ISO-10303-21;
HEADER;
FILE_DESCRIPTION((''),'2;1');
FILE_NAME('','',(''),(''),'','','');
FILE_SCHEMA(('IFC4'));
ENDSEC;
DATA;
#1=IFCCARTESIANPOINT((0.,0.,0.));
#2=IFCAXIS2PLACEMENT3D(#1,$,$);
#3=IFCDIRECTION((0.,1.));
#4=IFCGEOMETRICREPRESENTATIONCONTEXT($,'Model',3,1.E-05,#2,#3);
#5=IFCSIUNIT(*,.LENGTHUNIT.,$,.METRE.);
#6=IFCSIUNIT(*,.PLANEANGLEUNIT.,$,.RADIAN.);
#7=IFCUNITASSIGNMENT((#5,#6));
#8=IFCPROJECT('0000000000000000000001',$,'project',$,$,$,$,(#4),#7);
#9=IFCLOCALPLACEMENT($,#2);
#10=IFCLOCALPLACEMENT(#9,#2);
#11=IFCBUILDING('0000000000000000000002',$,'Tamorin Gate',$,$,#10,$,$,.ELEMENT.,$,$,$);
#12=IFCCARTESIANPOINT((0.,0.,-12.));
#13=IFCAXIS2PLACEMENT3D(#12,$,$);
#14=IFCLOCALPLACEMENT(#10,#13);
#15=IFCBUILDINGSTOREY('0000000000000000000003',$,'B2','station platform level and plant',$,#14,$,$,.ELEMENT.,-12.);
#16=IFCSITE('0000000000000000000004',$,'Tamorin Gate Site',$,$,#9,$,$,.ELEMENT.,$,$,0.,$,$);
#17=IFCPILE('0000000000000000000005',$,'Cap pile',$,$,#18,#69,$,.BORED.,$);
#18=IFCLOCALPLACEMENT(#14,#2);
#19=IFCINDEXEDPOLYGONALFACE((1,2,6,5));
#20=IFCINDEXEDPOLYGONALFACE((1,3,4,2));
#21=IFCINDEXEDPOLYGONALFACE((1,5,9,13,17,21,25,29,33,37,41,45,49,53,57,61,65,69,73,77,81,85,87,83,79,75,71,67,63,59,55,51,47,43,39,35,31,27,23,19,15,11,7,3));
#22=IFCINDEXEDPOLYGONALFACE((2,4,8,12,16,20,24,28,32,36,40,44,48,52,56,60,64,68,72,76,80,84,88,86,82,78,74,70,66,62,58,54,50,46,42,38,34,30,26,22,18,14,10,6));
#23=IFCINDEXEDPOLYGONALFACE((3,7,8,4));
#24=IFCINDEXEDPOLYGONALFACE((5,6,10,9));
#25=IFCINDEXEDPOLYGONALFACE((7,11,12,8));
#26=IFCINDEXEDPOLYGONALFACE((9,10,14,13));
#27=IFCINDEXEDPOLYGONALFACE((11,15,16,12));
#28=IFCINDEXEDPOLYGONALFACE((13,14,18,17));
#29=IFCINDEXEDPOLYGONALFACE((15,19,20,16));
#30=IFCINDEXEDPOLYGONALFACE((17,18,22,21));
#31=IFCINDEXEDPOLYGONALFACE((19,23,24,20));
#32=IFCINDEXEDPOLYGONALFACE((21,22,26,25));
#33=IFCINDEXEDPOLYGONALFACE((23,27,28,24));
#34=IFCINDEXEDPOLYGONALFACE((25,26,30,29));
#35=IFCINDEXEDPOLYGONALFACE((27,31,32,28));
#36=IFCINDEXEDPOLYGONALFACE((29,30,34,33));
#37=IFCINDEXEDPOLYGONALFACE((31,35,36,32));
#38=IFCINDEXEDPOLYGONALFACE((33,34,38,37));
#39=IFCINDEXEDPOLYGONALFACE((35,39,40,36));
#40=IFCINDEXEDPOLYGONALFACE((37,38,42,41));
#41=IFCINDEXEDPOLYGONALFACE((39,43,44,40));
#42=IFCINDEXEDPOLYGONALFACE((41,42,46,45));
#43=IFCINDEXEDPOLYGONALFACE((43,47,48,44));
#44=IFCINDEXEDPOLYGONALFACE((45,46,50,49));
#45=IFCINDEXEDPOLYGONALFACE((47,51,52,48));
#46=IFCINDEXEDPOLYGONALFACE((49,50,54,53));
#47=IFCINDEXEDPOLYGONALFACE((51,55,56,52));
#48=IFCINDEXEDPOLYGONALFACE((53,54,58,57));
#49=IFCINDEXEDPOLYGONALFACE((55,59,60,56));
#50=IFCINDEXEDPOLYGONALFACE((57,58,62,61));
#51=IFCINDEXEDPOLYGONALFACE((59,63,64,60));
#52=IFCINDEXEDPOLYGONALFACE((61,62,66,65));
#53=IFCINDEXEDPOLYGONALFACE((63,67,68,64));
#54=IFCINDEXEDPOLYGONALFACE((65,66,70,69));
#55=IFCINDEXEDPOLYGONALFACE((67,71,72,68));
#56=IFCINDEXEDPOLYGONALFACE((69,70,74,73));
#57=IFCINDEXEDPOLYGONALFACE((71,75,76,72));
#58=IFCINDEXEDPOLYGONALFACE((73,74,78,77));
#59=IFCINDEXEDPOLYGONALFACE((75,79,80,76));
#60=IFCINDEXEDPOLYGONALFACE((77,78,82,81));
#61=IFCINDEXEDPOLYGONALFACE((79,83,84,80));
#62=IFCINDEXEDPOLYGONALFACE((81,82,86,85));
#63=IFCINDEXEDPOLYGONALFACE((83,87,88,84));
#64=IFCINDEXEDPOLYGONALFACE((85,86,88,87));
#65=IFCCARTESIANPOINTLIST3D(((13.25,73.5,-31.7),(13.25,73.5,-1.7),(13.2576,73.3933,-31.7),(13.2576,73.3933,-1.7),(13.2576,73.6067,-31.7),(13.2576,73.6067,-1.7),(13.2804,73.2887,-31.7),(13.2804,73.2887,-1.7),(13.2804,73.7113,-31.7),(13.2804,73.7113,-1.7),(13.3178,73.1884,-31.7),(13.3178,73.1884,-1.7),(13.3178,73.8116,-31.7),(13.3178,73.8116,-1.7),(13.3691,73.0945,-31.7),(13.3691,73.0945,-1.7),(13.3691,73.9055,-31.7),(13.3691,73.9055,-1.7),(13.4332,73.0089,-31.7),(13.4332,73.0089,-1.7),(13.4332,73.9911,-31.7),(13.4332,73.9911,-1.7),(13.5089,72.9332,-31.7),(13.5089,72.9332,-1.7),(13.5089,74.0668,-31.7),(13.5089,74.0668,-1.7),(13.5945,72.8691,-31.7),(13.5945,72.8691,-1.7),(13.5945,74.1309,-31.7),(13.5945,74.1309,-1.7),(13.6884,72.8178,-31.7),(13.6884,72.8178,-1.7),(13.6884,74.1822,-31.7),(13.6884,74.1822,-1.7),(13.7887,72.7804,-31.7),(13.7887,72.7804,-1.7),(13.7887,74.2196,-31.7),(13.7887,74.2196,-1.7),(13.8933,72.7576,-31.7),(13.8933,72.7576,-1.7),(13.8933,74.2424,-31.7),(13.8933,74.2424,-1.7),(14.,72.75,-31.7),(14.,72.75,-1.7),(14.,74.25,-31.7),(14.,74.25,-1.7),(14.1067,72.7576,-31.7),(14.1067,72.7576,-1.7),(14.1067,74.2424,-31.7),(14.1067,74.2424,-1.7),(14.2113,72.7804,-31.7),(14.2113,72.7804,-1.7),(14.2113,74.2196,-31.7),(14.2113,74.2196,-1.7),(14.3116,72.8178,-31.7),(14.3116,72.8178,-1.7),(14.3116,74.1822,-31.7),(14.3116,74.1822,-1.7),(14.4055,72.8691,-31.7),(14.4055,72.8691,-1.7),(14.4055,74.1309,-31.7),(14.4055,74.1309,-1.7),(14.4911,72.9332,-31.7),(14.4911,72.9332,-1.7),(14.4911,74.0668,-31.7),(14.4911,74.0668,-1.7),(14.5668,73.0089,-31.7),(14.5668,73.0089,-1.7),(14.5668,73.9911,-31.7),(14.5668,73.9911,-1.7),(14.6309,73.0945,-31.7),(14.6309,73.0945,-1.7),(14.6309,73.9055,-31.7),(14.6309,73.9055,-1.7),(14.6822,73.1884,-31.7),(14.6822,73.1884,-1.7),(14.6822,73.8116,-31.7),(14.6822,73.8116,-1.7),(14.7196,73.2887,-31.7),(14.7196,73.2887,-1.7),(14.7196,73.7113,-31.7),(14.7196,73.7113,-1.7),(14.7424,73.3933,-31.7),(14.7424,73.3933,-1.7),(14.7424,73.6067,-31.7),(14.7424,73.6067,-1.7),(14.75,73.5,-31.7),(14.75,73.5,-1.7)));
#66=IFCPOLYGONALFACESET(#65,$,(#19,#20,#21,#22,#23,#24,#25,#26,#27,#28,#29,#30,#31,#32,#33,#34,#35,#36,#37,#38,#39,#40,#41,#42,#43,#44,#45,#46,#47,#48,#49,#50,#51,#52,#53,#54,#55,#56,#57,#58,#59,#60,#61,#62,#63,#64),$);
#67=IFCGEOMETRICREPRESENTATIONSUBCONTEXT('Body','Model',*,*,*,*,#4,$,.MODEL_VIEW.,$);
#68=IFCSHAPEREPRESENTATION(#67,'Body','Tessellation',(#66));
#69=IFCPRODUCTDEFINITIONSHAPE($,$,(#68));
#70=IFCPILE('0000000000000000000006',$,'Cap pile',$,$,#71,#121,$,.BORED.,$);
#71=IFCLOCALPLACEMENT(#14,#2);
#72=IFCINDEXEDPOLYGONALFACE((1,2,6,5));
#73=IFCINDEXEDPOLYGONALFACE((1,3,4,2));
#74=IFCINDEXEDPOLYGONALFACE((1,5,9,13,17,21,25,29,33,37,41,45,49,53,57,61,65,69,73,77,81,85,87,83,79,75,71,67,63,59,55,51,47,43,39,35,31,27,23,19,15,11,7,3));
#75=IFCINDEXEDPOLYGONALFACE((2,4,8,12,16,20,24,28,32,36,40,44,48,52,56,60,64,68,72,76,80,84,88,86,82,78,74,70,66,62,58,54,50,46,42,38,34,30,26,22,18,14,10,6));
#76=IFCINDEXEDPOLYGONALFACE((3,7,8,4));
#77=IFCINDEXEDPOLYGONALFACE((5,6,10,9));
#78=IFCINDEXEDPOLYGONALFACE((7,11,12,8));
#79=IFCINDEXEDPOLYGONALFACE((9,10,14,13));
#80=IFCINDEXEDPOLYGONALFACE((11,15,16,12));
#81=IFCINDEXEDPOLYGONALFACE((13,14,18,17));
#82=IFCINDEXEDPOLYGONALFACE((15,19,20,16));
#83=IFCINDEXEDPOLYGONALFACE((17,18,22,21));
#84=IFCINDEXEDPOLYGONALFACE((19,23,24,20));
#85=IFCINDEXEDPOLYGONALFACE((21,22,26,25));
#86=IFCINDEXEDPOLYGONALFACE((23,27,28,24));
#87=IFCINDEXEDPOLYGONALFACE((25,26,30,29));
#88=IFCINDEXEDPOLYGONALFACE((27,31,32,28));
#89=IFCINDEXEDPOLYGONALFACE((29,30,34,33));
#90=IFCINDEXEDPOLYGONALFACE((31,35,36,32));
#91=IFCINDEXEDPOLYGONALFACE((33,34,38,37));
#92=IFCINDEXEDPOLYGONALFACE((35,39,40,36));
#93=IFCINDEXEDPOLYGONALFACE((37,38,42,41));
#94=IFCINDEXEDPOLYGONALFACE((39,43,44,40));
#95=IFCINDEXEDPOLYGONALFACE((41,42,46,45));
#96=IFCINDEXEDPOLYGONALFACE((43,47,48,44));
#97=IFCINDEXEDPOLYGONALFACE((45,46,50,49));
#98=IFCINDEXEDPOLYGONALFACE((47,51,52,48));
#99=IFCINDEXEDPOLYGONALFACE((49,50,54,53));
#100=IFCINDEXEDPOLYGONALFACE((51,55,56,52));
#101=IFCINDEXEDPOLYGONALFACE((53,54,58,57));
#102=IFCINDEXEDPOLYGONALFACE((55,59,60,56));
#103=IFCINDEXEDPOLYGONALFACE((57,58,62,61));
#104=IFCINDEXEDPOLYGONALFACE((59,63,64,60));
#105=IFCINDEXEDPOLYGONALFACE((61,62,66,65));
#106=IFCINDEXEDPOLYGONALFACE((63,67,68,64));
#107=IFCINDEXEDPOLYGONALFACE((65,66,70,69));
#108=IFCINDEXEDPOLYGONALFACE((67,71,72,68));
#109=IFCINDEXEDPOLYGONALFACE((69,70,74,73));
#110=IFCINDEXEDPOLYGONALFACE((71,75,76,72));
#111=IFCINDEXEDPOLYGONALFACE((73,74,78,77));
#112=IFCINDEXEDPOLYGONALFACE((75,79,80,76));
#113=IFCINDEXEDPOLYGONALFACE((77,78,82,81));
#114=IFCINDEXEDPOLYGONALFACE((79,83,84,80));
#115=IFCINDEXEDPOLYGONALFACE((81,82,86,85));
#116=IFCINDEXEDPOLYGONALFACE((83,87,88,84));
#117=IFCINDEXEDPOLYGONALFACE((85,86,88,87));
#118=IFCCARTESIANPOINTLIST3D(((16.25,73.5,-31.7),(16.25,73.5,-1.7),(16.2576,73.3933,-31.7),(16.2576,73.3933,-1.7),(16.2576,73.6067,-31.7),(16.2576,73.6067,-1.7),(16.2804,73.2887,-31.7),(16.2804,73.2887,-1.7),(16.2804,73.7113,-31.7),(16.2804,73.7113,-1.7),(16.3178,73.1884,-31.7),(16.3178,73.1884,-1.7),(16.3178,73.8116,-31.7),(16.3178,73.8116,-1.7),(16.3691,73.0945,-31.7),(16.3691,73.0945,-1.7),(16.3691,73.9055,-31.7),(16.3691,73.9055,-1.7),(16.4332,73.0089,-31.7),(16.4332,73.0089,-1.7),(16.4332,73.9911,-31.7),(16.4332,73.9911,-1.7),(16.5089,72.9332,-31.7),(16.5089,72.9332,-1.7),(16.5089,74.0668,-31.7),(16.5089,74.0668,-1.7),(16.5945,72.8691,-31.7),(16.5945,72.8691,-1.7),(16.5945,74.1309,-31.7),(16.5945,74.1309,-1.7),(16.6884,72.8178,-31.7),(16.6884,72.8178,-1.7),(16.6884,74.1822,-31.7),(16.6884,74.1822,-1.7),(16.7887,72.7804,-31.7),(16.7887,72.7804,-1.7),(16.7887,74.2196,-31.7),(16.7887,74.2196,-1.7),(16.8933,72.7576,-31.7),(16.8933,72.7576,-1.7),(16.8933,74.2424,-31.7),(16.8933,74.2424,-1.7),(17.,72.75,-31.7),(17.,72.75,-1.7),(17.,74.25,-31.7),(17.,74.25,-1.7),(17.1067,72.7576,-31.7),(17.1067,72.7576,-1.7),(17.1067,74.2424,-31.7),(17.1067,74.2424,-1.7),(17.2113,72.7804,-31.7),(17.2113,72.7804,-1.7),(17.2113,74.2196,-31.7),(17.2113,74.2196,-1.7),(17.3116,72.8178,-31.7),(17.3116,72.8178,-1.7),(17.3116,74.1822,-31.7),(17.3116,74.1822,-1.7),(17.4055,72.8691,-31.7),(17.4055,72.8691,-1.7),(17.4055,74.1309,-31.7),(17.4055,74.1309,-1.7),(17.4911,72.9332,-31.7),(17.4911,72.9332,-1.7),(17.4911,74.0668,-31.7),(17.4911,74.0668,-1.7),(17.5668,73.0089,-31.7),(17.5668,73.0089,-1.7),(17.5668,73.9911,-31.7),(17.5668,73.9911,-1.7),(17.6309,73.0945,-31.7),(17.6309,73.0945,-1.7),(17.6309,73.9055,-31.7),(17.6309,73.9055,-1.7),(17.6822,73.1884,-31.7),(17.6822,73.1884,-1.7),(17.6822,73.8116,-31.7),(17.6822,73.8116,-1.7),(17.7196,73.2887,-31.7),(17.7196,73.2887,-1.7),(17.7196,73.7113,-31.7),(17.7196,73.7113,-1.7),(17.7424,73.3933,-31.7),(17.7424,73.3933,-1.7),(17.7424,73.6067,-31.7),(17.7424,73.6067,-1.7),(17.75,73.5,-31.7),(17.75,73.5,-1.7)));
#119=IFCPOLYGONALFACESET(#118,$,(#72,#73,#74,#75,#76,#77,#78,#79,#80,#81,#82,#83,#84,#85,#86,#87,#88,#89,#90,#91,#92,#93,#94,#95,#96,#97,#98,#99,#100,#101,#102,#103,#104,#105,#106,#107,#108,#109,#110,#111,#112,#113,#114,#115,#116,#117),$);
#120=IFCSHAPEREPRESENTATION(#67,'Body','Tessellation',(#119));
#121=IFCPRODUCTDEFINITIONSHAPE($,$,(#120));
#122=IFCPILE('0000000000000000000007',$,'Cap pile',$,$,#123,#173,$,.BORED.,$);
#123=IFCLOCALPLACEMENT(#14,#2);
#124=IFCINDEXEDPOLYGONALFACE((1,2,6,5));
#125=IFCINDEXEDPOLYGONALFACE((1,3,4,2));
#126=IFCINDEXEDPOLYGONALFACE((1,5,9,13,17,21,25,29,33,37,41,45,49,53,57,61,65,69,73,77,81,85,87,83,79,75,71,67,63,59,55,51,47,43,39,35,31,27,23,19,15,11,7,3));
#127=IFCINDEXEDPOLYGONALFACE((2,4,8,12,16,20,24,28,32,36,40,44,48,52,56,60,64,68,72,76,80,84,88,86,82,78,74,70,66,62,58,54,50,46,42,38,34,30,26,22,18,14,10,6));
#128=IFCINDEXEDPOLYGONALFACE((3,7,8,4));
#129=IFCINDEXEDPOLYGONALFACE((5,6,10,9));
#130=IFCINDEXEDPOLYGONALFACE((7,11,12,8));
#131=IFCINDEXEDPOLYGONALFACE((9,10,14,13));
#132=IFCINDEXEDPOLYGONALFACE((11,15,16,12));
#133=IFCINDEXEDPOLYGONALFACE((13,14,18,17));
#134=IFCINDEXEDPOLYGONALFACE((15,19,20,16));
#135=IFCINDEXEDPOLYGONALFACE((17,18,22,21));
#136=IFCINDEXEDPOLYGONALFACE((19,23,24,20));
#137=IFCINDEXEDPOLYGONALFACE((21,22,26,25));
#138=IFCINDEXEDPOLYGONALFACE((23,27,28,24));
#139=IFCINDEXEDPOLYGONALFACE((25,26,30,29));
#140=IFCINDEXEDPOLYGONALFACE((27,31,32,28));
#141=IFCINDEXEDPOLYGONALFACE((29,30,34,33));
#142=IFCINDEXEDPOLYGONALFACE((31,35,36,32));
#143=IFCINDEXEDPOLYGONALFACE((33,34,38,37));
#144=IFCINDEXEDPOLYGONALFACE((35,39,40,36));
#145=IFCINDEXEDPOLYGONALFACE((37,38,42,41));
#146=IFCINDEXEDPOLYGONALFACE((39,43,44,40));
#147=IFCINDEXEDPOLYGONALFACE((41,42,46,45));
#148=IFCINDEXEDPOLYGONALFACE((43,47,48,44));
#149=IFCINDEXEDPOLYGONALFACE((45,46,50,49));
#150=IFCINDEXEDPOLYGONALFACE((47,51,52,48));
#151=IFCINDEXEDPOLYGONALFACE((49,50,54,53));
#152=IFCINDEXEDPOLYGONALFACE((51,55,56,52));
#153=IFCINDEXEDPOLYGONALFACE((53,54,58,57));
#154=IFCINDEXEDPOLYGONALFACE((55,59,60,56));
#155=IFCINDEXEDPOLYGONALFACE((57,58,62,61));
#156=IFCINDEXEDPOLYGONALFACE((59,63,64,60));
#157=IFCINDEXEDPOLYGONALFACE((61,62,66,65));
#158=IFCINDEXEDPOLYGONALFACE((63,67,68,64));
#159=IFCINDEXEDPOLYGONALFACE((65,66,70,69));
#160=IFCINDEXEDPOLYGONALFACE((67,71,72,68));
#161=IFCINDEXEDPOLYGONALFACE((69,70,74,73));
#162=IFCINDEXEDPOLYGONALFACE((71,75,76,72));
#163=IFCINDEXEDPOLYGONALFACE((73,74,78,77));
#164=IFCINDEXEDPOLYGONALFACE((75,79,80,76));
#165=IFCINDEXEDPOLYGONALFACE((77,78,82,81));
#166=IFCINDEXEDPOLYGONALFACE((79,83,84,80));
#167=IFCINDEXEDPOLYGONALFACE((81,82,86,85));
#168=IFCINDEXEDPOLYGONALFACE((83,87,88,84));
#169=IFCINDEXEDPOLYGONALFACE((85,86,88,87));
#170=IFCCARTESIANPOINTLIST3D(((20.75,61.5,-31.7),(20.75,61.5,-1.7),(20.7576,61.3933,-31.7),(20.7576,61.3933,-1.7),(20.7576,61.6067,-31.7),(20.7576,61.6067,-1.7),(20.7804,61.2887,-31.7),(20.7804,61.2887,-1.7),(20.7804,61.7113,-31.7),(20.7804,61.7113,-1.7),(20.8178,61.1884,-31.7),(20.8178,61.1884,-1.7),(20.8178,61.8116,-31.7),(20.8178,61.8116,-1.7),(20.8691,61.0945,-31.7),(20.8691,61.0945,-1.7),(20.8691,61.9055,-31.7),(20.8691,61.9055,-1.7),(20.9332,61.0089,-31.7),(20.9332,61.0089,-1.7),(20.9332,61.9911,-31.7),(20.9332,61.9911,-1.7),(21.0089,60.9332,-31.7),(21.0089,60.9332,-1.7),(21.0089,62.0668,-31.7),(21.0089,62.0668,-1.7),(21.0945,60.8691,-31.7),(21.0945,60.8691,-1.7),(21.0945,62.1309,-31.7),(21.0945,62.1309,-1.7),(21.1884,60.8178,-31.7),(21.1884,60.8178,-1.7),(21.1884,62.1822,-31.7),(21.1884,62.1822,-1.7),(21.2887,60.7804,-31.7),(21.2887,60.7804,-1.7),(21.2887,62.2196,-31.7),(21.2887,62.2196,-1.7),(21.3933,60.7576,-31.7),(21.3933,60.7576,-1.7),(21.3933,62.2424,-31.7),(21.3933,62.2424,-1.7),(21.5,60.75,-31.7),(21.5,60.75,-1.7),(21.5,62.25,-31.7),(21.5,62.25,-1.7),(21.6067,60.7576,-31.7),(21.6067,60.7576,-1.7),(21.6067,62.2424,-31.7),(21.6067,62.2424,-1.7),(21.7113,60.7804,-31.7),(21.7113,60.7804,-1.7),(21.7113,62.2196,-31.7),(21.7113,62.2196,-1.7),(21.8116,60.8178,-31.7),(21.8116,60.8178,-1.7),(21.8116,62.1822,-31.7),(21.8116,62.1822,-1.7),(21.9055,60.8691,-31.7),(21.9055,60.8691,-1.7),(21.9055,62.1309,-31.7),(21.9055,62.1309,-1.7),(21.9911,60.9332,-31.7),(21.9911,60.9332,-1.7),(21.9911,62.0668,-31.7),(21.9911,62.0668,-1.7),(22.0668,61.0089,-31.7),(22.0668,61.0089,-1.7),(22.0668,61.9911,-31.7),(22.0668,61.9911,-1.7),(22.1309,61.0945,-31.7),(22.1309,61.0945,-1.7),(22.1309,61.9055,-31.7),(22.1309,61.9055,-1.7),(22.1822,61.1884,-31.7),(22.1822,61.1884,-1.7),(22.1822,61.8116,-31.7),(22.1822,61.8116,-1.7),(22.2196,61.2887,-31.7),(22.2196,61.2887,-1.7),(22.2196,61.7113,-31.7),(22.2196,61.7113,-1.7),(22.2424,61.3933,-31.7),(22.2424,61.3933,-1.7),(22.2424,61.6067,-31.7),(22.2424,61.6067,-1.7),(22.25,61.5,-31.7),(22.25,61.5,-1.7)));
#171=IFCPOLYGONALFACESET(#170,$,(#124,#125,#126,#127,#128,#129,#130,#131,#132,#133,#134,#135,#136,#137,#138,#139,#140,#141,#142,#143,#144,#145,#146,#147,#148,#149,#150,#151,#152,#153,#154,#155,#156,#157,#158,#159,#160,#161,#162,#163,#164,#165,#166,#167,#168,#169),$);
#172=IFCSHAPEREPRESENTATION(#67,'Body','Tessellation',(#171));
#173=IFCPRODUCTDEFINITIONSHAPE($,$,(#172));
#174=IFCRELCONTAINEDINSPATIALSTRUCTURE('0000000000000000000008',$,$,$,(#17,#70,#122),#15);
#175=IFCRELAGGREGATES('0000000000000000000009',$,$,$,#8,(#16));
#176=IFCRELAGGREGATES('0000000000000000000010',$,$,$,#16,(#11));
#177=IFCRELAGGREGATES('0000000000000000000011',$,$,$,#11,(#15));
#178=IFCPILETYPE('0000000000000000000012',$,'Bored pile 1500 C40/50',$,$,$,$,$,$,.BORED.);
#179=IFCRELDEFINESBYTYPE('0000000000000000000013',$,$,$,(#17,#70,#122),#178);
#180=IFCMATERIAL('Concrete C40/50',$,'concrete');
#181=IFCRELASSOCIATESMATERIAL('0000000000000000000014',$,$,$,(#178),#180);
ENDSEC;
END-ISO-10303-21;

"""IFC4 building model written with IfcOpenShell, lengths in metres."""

from ifc_helpers import new_model, si_unit, direction, frame, origin, origin_2d, place, context, subcontext, project, spatial, circle, extrude, material, material_profile, profile_set, type_object, element, save


model = new_model("IFC4")

# Units and contexts
model_context = context("Model", 3, precision=1e-05, world=origin(), true_north=direction((0.0, 1.0)))
body_context = subcontext(model_context, "Body", "Model", "MODEL_VIEW")
ifc_project = project(units=[si_unit("LENGTHUNIT", "METRE"), si_unit("PLANEANGLEUNIT", "RADIAN")], contexts=[model_context])

# Site, building, storey
site_placement = place(None, origin())
site = spatial("IfcSite", under=ifc_project, at=site_placement, Name="Tamorin Gate Site", CompositionType="ELEMENT", RefElevation=0.0)
building_placement = place(site_placement, origin())
building = spatial("IfcBuilding", under=site, at=building_placement, Name="Tamorin Gate", CompositionType="ELEMENT")
storey_placement = place(building_placement, frame((0.0, 0.0, -12.0)))
storey = spatial("IfcBuildingStorey", under=building, at=storey_placement, Name="B2", Description="station platform level and plant", CompositionType="ELEMENT", Elevation=-12.0)

# Piles
ifc_material_1 = material(Name="Concrete C40/50", Category="concrete")
ifc_material_profile_1 = material_profile(ifc_material_1, circle(Radius=0.75, at=origin_2d()))
ifc_profile_set_1 = profile_set([ifc_material_profile_1], Name="Concrete C40/50")
pile_type = type_object("IfcPileType", Name="Bored pile 1500 C40/50", PredefinedType="BORED", material=ifc_profile_set_1)
for number, where, z_axis, x_axis, name in (
    (1, (14.0, 73.5, -1.7), (0.0, 0.0, -1.0), (1.0, 0.0, 0.0), "Cap pile"),
    (2, (17.0, 73.5, -1.7), (0.0, 0.0, -1.0), (1.0, 0.0, 0.0), "Cap pile"),
    (3, (21.5, 61.5, -1.7), (0.0, 0.0, -1.0), (1.0, 0.0, 0.0), "Cap pile"),
):
    element("IfcPile", number, at=place(storey_placement, frame(where, z_axis=z_axis, x_axis=x_axis)), inside=storey, type_object=pile_type, Name=name, PredefinedType="BORED", context=body_context, shape_type="SweptSolid", body=[
        extrude(circle(Radius=0.75, at=origin_2d()), origin(), (0.0, 0.0, 1.0), 30.0),
    ])

save(model, "model.ifc")
